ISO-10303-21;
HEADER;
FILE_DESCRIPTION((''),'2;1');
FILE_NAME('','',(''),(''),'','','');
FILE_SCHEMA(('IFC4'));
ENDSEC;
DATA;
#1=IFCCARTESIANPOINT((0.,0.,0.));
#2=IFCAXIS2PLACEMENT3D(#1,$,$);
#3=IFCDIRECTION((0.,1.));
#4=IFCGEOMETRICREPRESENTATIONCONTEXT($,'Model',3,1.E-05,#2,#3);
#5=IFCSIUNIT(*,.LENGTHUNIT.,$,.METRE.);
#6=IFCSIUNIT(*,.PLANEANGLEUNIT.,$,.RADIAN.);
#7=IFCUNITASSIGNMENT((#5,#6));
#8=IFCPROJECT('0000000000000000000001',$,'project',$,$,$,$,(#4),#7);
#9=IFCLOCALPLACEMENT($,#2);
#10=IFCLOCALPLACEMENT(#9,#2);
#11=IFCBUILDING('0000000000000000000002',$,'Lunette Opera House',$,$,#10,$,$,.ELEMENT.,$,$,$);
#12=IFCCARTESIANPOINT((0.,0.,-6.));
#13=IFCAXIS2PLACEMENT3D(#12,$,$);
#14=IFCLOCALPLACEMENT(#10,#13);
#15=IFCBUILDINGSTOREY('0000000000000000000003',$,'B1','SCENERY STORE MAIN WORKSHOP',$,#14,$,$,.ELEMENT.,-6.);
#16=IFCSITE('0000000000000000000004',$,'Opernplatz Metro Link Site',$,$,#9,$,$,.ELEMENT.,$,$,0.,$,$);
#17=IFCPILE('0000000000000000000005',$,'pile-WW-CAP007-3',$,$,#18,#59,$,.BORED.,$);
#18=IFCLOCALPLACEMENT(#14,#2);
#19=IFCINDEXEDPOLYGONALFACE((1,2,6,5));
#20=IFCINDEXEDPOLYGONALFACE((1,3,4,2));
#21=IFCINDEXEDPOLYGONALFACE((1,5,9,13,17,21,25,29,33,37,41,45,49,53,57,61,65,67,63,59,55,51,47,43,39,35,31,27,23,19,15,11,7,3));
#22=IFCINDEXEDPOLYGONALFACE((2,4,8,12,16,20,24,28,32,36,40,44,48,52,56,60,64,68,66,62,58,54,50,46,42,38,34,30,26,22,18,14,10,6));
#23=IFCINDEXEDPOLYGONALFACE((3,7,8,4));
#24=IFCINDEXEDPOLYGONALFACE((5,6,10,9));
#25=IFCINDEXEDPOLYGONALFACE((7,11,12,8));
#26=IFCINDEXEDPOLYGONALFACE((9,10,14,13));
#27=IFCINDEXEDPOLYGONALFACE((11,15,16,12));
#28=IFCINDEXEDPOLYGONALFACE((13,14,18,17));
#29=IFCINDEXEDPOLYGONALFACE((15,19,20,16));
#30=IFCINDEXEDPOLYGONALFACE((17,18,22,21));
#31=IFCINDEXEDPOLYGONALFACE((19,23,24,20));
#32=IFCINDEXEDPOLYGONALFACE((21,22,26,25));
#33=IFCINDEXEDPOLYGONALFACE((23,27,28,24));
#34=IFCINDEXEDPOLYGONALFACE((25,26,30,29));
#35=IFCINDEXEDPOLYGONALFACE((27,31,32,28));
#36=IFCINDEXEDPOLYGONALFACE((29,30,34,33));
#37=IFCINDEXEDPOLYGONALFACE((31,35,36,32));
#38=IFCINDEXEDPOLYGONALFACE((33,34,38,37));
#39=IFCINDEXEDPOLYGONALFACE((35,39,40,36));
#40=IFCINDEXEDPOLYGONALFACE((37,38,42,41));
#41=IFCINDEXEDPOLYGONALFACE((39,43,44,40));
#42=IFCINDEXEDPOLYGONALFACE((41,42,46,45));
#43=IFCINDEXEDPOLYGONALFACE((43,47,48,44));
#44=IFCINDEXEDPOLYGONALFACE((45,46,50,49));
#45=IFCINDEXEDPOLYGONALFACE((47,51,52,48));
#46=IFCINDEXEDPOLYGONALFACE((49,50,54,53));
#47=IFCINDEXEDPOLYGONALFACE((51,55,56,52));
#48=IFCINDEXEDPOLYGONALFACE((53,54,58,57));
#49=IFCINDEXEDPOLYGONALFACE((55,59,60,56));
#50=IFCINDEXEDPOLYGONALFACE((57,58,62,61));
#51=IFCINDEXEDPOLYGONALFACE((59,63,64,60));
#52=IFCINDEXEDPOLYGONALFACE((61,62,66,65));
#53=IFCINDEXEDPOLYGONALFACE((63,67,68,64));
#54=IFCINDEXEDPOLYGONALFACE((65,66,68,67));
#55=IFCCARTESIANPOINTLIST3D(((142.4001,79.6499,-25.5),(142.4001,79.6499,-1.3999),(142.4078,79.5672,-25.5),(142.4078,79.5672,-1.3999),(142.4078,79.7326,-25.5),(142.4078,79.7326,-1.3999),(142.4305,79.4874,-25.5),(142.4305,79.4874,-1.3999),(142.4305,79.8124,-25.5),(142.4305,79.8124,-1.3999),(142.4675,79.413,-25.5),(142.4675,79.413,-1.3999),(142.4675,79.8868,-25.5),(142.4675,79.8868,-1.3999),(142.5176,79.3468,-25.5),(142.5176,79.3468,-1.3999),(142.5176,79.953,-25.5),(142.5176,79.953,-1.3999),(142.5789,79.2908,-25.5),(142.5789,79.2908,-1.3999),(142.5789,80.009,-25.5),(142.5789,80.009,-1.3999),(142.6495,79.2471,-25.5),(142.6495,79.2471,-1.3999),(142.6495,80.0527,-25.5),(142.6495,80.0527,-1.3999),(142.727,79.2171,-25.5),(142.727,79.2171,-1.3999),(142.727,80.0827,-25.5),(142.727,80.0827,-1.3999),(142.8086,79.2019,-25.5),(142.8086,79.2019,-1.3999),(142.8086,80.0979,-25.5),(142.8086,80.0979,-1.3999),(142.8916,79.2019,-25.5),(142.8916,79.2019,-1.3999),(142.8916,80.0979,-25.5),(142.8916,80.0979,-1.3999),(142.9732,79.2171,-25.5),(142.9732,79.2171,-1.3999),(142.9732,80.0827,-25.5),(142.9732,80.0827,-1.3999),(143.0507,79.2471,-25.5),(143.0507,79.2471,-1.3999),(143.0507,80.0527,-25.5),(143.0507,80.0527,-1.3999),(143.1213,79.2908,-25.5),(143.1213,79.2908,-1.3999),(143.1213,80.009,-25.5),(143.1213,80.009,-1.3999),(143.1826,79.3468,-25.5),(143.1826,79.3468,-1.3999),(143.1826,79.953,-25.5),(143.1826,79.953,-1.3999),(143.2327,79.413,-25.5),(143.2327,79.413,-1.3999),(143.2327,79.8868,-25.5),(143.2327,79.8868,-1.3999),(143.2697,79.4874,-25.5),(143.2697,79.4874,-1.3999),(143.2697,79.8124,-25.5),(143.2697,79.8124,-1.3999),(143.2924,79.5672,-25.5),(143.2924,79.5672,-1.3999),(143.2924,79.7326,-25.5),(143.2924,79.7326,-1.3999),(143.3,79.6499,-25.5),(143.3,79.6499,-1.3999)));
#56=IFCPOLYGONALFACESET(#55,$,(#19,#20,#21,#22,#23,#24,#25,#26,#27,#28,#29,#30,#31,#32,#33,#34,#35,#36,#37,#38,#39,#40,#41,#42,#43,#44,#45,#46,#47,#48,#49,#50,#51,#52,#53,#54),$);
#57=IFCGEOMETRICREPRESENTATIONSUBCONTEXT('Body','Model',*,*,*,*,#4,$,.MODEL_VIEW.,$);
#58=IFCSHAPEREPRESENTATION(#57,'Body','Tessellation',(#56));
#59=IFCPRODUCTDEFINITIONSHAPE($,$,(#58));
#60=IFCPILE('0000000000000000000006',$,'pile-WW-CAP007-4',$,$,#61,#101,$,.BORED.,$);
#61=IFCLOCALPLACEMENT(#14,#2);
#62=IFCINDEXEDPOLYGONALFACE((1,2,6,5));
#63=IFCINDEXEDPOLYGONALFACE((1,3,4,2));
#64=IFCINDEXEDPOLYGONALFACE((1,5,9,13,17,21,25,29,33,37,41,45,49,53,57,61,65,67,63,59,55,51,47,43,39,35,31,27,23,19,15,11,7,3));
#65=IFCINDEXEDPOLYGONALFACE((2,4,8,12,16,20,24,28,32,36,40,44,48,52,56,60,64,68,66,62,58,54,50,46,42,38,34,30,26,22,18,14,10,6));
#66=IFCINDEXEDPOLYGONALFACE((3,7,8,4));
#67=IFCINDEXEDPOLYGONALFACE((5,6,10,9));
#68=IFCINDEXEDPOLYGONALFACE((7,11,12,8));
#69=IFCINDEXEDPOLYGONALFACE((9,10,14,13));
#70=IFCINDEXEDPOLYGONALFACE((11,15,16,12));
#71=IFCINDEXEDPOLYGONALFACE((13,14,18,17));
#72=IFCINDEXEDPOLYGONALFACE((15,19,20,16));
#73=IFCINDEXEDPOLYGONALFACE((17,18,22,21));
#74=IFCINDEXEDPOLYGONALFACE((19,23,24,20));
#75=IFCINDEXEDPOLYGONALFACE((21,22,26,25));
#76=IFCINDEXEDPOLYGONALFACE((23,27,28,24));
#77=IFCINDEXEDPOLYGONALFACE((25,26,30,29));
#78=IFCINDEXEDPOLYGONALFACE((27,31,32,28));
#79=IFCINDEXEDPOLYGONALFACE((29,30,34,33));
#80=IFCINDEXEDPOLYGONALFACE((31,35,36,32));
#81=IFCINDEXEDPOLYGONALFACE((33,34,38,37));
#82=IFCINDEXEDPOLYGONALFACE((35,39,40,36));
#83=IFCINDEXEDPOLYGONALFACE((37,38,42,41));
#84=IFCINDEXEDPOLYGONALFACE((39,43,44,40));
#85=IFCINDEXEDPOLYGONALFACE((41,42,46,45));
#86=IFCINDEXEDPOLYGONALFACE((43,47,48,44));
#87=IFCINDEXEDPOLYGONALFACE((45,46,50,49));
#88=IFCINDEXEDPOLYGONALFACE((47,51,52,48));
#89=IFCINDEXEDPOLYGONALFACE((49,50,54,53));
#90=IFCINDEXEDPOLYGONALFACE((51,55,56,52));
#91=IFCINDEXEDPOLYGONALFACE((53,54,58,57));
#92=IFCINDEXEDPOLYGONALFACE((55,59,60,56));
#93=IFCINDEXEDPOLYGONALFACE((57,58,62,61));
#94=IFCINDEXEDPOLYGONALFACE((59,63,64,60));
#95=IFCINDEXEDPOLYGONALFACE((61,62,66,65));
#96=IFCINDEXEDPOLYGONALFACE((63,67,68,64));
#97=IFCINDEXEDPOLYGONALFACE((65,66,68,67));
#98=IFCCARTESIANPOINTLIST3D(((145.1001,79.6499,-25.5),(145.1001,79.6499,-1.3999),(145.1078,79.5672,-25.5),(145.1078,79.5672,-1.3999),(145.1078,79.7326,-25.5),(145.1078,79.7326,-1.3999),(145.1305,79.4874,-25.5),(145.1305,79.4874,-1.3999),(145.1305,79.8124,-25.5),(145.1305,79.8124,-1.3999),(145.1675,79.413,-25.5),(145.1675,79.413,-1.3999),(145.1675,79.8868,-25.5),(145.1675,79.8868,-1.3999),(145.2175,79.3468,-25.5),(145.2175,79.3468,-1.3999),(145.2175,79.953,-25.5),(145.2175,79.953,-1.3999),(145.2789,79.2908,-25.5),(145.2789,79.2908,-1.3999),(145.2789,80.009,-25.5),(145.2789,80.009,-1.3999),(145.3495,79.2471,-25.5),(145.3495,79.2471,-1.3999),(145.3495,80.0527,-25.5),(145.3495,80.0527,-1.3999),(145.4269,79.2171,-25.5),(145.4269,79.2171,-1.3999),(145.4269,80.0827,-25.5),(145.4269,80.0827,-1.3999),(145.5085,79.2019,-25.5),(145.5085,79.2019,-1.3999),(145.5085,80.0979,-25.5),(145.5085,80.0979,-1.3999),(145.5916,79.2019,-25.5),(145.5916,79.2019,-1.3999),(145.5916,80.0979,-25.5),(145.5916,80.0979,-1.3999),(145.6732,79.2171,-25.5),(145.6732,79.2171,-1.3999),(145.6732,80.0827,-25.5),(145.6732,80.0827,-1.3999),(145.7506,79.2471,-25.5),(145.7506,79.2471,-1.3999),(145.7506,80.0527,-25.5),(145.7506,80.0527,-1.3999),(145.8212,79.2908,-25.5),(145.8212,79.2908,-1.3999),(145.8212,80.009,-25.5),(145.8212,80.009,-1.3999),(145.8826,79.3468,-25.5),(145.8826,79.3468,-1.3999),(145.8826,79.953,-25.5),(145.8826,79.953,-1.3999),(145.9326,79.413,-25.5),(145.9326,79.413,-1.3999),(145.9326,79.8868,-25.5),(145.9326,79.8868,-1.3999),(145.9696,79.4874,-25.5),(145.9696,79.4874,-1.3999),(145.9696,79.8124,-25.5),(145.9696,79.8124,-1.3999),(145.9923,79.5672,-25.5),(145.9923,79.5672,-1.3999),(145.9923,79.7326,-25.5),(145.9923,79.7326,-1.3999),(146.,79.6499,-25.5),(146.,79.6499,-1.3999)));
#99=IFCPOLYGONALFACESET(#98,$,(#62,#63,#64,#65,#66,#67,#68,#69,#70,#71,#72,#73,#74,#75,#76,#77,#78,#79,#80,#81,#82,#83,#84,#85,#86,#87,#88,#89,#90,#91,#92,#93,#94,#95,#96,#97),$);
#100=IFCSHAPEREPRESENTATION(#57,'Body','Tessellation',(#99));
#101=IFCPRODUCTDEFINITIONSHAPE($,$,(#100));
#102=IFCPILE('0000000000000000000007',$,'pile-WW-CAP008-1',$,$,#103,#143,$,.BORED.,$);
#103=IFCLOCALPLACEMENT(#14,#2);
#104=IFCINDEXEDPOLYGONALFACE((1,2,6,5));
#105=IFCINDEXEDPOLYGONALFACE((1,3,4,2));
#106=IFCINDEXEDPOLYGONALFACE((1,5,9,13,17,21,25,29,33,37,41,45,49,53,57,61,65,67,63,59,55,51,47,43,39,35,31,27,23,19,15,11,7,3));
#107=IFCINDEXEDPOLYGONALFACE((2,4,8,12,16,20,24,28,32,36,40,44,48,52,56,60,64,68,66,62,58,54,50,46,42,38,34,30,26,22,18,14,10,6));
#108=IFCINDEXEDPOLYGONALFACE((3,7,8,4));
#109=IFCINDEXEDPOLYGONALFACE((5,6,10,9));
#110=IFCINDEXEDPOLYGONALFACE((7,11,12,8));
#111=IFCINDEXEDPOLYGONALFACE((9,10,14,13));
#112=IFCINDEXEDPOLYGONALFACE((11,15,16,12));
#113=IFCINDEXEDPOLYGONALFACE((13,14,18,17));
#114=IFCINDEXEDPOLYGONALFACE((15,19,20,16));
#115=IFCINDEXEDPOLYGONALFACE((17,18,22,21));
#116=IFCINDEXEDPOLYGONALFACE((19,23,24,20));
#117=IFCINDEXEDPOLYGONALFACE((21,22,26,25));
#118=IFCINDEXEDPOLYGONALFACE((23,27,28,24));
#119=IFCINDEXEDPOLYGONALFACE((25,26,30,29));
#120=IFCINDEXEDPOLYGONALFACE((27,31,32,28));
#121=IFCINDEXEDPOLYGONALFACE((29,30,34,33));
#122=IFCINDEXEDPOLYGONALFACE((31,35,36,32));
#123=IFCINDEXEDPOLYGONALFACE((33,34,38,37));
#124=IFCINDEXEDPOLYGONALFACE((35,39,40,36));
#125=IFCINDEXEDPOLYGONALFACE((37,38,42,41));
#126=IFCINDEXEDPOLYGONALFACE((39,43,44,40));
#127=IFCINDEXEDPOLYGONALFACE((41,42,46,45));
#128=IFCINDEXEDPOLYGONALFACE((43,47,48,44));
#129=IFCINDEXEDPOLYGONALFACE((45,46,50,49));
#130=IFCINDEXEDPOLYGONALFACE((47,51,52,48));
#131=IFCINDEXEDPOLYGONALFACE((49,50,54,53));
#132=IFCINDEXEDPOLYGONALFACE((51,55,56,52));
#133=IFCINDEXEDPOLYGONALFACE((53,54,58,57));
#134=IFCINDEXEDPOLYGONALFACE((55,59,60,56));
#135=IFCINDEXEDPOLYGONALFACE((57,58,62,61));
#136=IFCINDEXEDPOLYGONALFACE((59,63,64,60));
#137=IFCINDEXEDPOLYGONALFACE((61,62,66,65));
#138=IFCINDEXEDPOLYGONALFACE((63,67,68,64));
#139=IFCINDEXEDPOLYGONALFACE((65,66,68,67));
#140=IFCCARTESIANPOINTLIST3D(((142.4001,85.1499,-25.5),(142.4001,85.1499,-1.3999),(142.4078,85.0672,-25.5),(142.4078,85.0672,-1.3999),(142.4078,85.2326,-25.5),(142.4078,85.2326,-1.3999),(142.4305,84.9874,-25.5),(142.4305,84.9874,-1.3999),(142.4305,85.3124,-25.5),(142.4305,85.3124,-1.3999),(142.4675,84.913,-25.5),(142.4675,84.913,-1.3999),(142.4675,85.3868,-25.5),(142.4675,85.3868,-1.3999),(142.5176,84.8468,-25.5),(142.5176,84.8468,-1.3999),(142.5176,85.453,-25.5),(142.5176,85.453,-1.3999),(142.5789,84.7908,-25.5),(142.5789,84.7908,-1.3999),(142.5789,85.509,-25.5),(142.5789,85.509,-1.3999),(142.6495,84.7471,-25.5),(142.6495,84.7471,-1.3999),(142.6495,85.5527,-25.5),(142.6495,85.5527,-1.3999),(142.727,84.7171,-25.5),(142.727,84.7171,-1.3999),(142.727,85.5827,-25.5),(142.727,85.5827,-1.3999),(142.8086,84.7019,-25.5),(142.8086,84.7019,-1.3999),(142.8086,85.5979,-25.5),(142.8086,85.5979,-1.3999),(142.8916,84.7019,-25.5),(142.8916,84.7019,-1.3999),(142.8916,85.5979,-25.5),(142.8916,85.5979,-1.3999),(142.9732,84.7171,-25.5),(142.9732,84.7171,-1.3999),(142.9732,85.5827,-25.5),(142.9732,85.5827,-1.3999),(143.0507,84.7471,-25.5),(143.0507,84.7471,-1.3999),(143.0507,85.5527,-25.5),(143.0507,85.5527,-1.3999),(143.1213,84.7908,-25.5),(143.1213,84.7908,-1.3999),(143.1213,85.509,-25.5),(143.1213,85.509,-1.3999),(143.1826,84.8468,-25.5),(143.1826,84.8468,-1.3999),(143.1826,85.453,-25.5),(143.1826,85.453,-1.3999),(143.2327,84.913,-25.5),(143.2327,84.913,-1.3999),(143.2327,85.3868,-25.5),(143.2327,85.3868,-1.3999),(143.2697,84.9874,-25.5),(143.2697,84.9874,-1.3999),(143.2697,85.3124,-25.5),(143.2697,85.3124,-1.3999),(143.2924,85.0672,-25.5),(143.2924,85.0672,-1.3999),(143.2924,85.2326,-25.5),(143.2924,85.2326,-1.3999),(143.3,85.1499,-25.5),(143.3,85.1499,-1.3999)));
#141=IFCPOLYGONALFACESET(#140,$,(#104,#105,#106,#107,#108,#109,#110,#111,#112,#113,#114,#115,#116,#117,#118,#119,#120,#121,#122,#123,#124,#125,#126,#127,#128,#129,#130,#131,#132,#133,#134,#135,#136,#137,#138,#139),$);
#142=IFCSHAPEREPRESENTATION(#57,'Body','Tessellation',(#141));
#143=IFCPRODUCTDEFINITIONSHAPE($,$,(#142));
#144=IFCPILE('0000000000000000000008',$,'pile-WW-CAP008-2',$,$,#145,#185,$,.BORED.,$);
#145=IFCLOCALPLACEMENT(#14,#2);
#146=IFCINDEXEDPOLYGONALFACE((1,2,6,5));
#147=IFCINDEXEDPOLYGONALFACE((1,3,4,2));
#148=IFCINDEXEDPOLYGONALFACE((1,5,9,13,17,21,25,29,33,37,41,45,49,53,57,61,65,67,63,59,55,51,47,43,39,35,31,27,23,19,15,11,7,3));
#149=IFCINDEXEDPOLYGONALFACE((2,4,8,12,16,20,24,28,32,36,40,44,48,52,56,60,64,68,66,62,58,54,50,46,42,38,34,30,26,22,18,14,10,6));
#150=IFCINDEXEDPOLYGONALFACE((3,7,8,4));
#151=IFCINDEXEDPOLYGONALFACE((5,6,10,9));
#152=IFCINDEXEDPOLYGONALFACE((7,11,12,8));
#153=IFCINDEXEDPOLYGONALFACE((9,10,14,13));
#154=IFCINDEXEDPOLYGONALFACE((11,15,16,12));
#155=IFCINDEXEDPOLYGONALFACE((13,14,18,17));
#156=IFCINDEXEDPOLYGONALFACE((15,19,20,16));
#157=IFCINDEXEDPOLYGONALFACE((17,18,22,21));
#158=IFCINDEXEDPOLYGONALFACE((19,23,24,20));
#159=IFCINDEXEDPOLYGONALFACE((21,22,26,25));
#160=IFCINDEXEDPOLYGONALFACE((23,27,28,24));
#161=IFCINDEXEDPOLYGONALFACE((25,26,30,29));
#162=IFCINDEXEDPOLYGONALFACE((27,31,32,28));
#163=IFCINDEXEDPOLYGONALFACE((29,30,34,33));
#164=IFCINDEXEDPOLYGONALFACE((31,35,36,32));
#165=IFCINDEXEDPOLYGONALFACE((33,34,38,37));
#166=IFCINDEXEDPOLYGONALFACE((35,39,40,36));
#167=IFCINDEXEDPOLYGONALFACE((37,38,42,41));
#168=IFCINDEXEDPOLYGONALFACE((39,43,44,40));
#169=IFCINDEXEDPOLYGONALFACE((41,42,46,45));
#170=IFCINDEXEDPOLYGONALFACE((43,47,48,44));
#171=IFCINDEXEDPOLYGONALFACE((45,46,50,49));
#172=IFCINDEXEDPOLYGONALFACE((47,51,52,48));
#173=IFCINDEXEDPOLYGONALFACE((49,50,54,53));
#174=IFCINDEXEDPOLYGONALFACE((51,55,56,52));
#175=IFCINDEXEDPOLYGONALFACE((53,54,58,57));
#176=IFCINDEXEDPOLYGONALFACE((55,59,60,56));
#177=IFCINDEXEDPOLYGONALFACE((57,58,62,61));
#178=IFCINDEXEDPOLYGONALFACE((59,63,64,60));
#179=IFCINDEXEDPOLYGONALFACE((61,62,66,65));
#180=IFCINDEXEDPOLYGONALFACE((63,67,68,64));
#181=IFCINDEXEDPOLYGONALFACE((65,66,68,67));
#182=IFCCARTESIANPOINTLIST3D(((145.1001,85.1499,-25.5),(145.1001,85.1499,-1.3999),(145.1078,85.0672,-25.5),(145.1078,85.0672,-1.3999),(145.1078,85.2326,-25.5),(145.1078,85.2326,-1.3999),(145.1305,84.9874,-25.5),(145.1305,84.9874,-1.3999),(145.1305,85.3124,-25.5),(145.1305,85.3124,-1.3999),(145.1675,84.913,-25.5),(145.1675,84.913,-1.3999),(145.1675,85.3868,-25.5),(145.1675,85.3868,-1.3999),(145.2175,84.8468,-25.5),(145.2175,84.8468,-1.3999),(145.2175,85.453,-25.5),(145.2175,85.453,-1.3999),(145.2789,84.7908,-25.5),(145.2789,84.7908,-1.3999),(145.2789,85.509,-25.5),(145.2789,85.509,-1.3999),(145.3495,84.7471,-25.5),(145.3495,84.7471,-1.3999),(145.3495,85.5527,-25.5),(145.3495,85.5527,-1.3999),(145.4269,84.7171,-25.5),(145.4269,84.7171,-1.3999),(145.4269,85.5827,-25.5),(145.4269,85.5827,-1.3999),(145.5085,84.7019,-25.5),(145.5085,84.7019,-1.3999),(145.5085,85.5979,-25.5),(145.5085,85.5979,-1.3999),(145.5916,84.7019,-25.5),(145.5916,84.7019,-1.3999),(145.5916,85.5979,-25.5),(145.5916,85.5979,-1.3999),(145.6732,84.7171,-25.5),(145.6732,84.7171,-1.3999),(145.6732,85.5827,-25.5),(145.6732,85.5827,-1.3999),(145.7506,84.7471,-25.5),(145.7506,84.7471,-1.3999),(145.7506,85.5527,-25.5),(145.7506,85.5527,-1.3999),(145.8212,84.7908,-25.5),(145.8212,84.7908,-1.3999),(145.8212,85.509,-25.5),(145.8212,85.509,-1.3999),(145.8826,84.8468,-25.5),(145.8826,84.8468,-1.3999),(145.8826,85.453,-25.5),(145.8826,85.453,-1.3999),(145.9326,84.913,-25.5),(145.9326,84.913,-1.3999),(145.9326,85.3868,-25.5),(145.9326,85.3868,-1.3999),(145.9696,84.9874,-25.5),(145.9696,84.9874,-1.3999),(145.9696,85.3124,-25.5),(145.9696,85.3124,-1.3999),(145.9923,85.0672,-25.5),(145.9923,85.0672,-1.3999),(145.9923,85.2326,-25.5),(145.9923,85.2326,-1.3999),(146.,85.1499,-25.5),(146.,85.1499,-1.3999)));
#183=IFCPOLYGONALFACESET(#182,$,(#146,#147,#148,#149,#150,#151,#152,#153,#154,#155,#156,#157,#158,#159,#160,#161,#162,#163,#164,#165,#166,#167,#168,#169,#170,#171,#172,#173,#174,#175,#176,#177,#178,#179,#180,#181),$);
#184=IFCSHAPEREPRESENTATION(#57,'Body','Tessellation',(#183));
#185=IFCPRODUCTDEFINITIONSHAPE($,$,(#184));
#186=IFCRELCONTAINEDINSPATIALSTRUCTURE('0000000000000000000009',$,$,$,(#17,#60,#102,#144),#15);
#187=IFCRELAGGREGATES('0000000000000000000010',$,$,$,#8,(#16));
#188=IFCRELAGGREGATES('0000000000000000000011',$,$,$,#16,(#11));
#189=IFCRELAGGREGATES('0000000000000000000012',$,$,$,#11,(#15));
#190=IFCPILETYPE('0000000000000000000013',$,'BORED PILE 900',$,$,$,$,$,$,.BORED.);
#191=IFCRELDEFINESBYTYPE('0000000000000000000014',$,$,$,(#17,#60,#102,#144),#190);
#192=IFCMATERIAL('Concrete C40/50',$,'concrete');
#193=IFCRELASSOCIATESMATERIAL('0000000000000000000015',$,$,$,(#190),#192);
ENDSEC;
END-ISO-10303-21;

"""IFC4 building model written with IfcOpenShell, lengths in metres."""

from ifc_helpers import new_model, si_unit, direction, frame, origin, origin_2d, place, context, subcontext, project, spatial, circle, extrude, material, material_profile, profile_set, type_object, element, save


model = new_model("IFC4")

# Units and contexts
model_context = context("Model", 3, precision=1e-05, world=origin(), true_north=direction((0.0, 1.0)))
body_context = subcontext(model_context, "Body", "Model", "MODEL_VIEW")
ifc_project = project(units=[si_unit("LENGTHUNIT", "METRE"), si_unit("PLANEANGLEUNIT", "RADIAN")], contexts=[model_context])

# Site, building, storey
site_placement = place(None, origin())
site = spatial("IfcSite", under=ifc_project, at=site_placement, Name="Opernplatz Metro Link Site", CompositionType="ELEMENT", RefElevation=0.0)
building_placement = place(site_placement, origin())
building = spatial("IfcBuilding", under=site, at=building_placement, Name="Lunette Opera House", CompositionType="ELEMENT")
storey_placement = place(building_placement, frame((0.0, 0.0, -6.0)))
storey = spatial("IfcBuildingStorey", under=building, at=storey_placement, Name="B1", Description="SCENERY STORE MAIN WORKSHOP", CompositionType="ELEMENT", Elevation=-6.0)

# Piles
ifc_material_1 = material(Name="Concrete C40/50", Category="concrete")
ifc_material_profile_1 = material_profile(ifc_material_1, circle(Radius=0.45, at=origin_2d()), Name="BORED PILE 900")
ifc_profile_set_1 = profile_set([ifc_material_profile_1], Name="Concrete C40/50")
pile_type = type_object("IfcPileType", Name="BORED PILE 900", PredefinedType="BORED", material=ifc_profile_set_1)
for number, where, z_axis, x_axis, name in (
    (1, (142.8501, 79.6499, -1.3999), (0.0, 0.0, -1.0), (1.0, 0.0, 0.0), "pile-WW-CAP007-3"),
    (2, (145.55, 79.6499, -1.3999), (0.0, 0.0, -1.0), (1.0, 0.0, 0.0), "pile-WW-CAP007-4"),
    (3, (142.8501, 85.1499, -1.3999), (0.0, 0.0, -1.0), (1.0, 0.0, 0.0), "pile-WW-CAP008-1"),
    (4, (145.55, 85.1499, -1.3999), (0.0, 0.0, -1.0), (1.0, 0.0, 0.0), "pile-WW-CAP008-2"),
):
    element("IfcPile", number, at=place(storey_placement, frame(where, z_axis=z_axis, x_axis=x_axis)), inside=storey, type_object=pile_type, Name=name, PredefinedType="BORED", context=body_context, shape_type="SweptSolid", body=[
        extrude(circle(Radius=0.45, at=origin_2d()), origin(), (0.0, 0.0, 1.0), 24.1001),
    ])

save(model, "model.ifc")
